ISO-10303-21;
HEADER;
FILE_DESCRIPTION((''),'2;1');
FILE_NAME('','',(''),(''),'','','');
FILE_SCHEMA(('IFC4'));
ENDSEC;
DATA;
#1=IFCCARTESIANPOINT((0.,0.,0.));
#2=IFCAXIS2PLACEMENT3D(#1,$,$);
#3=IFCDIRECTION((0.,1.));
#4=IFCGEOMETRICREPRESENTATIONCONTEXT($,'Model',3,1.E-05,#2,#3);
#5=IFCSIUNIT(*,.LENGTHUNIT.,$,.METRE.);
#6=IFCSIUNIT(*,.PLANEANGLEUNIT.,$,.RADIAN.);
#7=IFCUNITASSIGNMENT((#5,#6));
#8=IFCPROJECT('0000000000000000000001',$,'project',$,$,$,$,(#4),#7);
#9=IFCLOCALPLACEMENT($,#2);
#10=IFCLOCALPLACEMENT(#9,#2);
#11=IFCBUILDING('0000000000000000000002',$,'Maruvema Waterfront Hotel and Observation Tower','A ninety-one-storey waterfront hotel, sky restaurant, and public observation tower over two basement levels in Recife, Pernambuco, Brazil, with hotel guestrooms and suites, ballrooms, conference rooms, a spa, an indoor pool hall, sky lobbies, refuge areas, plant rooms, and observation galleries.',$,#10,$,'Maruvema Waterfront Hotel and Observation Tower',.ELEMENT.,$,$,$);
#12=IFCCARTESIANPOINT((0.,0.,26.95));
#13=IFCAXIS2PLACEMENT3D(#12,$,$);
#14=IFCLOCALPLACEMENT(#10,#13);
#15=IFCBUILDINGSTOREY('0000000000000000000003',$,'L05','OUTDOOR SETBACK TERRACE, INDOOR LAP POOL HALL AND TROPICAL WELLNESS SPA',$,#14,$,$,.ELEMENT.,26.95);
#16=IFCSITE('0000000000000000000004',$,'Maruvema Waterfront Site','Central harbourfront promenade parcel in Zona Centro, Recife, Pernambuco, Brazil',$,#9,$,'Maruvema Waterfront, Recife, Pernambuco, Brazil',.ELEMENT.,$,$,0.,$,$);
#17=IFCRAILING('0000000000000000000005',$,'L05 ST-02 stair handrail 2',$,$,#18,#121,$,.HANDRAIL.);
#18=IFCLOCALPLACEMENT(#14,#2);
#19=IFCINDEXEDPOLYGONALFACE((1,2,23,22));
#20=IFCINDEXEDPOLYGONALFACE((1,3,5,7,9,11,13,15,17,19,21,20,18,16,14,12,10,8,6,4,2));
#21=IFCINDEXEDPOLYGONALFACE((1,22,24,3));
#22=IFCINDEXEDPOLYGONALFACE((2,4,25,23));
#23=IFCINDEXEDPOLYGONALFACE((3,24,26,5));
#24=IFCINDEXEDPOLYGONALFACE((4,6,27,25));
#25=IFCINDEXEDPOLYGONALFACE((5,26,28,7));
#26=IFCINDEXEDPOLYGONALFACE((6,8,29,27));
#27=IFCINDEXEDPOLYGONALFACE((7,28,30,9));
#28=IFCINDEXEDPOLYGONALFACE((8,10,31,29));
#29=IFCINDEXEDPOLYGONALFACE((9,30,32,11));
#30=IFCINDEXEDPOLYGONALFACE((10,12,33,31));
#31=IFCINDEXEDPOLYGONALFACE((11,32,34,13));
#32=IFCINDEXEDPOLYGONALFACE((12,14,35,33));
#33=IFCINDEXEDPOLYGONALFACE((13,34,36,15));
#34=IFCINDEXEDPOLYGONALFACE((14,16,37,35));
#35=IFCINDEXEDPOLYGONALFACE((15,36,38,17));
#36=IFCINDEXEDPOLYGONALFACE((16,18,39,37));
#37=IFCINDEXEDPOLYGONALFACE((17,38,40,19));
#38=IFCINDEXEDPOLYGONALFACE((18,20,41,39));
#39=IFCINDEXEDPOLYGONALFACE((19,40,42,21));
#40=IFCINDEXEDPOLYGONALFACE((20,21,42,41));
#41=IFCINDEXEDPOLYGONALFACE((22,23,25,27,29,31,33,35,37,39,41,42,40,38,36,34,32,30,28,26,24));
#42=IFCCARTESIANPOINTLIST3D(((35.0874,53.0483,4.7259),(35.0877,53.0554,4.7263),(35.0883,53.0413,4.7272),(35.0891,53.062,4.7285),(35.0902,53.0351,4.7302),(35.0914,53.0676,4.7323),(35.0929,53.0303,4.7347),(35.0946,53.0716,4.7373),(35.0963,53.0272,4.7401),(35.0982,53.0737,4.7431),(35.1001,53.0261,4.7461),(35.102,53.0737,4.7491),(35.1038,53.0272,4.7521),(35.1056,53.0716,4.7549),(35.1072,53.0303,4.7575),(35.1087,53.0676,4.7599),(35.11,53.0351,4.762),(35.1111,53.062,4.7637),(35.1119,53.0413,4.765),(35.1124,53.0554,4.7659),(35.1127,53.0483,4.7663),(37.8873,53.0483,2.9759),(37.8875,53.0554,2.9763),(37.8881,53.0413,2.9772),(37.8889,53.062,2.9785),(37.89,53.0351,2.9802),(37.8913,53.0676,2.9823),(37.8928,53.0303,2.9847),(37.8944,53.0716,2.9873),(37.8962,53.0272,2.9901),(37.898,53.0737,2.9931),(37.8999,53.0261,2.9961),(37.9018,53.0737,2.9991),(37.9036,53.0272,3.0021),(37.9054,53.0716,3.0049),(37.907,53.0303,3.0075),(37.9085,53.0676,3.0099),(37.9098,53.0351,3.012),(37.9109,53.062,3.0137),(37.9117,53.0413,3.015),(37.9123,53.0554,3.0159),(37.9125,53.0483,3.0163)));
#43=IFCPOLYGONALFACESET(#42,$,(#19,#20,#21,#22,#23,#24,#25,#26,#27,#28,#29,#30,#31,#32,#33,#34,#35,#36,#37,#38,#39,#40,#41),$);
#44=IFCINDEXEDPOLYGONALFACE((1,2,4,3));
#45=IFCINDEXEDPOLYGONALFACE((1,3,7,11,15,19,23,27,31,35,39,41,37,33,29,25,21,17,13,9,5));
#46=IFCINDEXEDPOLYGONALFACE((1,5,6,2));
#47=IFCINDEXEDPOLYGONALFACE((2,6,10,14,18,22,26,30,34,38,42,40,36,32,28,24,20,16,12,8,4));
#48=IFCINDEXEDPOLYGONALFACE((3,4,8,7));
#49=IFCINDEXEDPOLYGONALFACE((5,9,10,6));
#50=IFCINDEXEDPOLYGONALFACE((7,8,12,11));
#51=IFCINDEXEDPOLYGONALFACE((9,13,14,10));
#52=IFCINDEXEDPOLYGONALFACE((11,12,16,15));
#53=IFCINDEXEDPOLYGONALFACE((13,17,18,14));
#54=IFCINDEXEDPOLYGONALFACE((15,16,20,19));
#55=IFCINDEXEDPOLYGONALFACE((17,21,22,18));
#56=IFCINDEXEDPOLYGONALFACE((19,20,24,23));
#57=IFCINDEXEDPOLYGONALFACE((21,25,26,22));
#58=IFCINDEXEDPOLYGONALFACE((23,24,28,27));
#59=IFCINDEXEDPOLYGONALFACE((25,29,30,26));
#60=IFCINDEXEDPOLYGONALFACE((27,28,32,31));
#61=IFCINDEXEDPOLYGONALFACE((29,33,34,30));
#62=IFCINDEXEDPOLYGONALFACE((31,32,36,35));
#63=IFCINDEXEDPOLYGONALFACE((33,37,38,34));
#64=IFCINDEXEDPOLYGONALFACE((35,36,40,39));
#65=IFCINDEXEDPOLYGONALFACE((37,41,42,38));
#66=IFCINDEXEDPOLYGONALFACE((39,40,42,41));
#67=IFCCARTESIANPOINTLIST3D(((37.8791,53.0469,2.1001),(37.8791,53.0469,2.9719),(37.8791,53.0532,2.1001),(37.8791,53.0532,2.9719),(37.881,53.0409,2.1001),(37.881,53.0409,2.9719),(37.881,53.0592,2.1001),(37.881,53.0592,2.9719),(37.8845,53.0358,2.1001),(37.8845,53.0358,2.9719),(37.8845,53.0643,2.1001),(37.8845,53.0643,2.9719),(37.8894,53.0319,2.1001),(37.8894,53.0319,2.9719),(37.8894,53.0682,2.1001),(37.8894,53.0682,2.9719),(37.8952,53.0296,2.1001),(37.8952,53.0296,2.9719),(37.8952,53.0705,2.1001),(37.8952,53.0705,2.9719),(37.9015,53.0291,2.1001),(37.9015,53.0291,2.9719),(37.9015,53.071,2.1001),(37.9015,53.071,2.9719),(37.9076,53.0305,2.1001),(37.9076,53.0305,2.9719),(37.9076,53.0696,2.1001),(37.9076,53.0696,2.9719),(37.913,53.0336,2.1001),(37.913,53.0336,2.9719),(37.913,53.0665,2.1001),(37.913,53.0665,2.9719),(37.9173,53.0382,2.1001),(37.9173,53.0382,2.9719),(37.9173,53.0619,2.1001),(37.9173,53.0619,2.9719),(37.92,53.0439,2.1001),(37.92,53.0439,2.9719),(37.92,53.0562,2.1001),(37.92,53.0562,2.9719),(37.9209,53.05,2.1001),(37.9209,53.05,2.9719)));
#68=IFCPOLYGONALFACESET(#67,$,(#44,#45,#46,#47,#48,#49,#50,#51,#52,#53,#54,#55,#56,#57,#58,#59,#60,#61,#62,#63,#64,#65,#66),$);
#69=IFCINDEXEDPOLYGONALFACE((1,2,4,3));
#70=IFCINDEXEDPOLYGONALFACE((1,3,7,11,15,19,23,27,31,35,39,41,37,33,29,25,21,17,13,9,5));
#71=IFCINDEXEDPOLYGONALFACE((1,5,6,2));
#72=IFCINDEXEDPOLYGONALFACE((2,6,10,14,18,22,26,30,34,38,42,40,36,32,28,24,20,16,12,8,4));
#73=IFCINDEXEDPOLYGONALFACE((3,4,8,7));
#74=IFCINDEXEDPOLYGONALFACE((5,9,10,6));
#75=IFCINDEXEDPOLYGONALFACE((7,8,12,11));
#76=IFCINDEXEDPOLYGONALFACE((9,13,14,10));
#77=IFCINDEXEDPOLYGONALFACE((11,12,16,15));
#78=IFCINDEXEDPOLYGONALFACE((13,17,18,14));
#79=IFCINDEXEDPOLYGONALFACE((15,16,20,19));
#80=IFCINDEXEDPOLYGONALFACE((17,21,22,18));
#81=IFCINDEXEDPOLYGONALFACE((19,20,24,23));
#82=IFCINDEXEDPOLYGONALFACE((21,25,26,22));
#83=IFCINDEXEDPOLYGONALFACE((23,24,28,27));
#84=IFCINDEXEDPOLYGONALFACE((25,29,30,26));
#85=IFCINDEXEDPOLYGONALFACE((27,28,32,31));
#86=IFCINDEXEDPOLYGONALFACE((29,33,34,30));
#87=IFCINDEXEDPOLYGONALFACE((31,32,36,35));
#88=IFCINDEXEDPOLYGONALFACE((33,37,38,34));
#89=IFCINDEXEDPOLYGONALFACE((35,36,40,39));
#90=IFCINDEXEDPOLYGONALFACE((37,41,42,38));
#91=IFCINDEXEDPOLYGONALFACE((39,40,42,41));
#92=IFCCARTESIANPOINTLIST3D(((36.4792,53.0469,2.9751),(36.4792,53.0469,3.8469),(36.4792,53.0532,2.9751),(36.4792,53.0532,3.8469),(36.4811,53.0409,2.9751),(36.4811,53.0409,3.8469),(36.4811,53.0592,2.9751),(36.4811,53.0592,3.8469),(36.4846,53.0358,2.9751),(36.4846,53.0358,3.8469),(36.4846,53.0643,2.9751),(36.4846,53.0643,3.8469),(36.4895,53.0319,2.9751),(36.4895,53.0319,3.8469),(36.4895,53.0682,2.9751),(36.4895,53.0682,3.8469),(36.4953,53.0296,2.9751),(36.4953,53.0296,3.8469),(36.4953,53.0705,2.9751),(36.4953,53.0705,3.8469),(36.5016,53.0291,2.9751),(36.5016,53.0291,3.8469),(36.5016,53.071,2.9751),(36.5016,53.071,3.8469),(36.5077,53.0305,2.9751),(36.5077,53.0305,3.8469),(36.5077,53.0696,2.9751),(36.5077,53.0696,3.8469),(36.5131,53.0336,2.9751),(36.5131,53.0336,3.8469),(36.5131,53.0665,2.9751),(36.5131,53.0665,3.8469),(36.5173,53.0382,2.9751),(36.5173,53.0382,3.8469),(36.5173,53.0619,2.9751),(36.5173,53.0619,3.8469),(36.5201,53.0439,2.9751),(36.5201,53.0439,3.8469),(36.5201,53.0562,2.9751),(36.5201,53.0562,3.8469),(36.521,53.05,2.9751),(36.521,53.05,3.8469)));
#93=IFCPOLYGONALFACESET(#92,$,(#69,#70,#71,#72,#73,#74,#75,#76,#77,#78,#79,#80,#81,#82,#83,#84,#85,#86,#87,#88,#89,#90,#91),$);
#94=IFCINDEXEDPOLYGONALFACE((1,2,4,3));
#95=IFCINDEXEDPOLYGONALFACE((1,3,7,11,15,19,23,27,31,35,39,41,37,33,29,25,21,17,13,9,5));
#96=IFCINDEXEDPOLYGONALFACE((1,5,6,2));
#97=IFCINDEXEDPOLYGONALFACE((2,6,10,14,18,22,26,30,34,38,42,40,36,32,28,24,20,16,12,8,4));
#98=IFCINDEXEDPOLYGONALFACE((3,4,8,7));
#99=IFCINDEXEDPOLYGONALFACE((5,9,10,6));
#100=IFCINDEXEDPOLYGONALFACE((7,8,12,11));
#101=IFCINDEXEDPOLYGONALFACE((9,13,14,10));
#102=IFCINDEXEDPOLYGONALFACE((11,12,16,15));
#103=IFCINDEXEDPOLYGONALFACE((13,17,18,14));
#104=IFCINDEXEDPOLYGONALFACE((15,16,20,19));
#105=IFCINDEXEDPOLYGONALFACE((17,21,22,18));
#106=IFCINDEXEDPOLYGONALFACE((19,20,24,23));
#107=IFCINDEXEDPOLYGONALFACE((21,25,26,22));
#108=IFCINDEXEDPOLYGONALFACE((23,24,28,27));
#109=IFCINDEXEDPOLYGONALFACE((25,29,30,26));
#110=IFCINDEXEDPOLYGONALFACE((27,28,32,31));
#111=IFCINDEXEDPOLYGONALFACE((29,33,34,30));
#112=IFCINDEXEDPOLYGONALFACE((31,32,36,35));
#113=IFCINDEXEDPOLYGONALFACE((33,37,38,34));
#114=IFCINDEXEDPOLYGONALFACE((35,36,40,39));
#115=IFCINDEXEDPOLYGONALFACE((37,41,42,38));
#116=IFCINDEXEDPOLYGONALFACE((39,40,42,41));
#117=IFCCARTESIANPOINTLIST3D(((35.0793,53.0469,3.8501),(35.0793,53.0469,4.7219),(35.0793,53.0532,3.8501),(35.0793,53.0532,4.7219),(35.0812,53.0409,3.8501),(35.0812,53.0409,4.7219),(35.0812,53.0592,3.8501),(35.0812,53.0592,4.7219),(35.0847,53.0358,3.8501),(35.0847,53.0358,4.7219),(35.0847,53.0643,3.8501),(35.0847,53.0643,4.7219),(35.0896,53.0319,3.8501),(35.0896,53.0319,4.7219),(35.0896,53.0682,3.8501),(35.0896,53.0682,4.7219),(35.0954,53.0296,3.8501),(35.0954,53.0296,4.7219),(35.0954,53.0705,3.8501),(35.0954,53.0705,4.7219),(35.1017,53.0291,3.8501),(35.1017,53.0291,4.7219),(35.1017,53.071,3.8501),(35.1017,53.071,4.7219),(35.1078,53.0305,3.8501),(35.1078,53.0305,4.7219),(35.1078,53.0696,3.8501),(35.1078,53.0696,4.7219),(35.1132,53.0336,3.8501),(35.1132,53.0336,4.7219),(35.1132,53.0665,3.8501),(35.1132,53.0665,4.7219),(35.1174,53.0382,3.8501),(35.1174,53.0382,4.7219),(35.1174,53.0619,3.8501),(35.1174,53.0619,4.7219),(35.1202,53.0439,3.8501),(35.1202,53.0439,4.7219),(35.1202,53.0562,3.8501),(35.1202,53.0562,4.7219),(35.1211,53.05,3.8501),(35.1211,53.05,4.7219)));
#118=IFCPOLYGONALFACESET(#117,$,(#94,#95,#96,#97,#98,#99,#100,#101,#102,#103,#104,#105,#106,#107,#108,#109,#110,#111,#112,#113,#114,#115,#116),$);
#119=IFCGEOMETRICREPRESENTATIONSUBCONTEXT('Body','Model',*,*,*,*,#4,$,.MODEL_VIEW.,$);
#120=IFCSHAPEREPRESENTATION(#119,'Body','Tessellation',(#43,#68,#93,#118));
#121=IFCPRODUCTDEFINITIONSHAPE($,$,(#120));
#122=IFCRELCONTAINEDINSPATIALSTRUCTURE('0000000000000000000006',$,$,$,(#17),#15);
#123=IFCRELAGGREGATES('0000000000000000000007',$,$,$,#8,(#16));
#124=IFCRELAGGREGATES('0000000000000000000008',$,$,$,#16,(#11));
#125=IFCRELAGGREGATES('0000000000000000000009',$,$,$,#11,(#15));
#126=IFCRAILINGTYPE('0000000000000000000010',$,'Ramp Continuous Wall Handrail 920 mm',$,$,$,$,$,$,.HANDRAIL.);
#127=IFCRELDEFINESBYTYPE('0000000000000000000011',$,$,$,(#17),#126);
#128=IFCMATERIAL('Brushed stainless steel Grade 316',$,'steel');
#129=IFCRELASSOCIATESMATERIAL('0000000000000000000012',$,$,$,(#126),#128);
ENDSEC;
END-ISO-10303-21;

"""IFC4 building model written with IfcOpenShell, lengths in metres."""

from ifc_helpers import new_model, si_unit, direction, frame, origin, origin_2d, place, context, subcontext, project, spatial, circle, extrude, material, type_object, element, save


model = new_model("IFC4")

# Units and contexts
model_context = context("Model", 3, precision=1e-05, world=origin(), true_north=direction((0.0, 1.0)))
body_context = subcontext(model_context, "Body", "Model", "MODEL_VIEW")
ifc_project = project(units=[si_unit("LENGTHUNIT", "METRE"), si_unit("PLANEANGLEUNIT", "RADIAN")], contexts=[model_context])

# Site, building, storey
site_placement = place(None, origin())
site = spatial("IfcSite", under=ifc_project, at=site_placement, Name="Maruvema Waterfront Site", Description="Central harbourfront promenade parcel in Zona Centro, Recife, Pernambuco, Brazil", LongName="Maruvema Waterfront, Recife, Pernambuco, Brazil", CompositionType="ELEMENT", RefElevation=0.0)
building_placement = place(site_placement, origin())
building = spatial("IfcBuilding", under=site, at=building_placement, Name="Maruvema Waterfront Hotel and Observation Tower", Description="A ninety-one-storey waterfront hotel, sky restaurant, and public observation tower over two basement levels in Recife, Pernambuco, Brazil, with hotel guestrooms and suites, ballrooms, conference rooms, a spa, an indoor pool hall, sky lobbies, refuge areas, plant rooms, and observation galleries.", LongName="Maruvema Waterfront Hotel and Observation Tower", CompositionType="ELEMENT")
storey_placement = place(building_placement, frame((0.0, 0.0, 26.95)))
storey = spatial("IfcBuildingStorey", under=building, at=storey_placement, Name="L05", Description="OUTDOOR SETBACK TERRACE, INDOOR LAP POOL HALL AND TROPICAL WELLNESS SPA", CompositionType="ELEMENT", Elevation=26.95)

# Railing
ifc_material_1 = material(Name="Brushed stainless steel Grade 316", Category="steel")
railing_type_1 = type_object("IfcRailingType", Name="Ramp Continuous Wall Handrail 920 mm", PredefinedType="HANDRAIL", material=ifc_material_1)
railing_1_placement = place(storey_placement, frame((37.8999, 53.05, 2.1001)))
element("IfcRailing", 1, at=railing_1_placement, inside=storey, type_object=railing_type_1, Name="L05 ST-02 stair handrail 2", PredefinedType="HANDRAIL", context=body_context, shape_type="SweptSolid", body=[
    extrude(circle(Radius=0.0239, at=origin_2d()), frame((0.0, 0.0, 0.896), z_axis=(-0.847982, 0.0, 0.530026), x_axis=(0.0, -1.0, 0.0)), (0.0, 0.0, 1.0), 3.3018),
    extrude(circle(Radius=0.021, at=origin_2d()), origin(), (0.0, 0.0, 1.0), 0.8718),
    extrude(circle(Radius=0.021, at=origin_2d()), frame((-1.3999, 0.0, 0.875)), (0.0, 0.0, 1.0), 0.8718),
    extrude(circle(Radius=0.021, at=origin_2d()), frame((-2.7998, 0.0, 1.75)), (0.0, 0.0, 1.0), 0.8718),
])

save(model, "model.ifc")
